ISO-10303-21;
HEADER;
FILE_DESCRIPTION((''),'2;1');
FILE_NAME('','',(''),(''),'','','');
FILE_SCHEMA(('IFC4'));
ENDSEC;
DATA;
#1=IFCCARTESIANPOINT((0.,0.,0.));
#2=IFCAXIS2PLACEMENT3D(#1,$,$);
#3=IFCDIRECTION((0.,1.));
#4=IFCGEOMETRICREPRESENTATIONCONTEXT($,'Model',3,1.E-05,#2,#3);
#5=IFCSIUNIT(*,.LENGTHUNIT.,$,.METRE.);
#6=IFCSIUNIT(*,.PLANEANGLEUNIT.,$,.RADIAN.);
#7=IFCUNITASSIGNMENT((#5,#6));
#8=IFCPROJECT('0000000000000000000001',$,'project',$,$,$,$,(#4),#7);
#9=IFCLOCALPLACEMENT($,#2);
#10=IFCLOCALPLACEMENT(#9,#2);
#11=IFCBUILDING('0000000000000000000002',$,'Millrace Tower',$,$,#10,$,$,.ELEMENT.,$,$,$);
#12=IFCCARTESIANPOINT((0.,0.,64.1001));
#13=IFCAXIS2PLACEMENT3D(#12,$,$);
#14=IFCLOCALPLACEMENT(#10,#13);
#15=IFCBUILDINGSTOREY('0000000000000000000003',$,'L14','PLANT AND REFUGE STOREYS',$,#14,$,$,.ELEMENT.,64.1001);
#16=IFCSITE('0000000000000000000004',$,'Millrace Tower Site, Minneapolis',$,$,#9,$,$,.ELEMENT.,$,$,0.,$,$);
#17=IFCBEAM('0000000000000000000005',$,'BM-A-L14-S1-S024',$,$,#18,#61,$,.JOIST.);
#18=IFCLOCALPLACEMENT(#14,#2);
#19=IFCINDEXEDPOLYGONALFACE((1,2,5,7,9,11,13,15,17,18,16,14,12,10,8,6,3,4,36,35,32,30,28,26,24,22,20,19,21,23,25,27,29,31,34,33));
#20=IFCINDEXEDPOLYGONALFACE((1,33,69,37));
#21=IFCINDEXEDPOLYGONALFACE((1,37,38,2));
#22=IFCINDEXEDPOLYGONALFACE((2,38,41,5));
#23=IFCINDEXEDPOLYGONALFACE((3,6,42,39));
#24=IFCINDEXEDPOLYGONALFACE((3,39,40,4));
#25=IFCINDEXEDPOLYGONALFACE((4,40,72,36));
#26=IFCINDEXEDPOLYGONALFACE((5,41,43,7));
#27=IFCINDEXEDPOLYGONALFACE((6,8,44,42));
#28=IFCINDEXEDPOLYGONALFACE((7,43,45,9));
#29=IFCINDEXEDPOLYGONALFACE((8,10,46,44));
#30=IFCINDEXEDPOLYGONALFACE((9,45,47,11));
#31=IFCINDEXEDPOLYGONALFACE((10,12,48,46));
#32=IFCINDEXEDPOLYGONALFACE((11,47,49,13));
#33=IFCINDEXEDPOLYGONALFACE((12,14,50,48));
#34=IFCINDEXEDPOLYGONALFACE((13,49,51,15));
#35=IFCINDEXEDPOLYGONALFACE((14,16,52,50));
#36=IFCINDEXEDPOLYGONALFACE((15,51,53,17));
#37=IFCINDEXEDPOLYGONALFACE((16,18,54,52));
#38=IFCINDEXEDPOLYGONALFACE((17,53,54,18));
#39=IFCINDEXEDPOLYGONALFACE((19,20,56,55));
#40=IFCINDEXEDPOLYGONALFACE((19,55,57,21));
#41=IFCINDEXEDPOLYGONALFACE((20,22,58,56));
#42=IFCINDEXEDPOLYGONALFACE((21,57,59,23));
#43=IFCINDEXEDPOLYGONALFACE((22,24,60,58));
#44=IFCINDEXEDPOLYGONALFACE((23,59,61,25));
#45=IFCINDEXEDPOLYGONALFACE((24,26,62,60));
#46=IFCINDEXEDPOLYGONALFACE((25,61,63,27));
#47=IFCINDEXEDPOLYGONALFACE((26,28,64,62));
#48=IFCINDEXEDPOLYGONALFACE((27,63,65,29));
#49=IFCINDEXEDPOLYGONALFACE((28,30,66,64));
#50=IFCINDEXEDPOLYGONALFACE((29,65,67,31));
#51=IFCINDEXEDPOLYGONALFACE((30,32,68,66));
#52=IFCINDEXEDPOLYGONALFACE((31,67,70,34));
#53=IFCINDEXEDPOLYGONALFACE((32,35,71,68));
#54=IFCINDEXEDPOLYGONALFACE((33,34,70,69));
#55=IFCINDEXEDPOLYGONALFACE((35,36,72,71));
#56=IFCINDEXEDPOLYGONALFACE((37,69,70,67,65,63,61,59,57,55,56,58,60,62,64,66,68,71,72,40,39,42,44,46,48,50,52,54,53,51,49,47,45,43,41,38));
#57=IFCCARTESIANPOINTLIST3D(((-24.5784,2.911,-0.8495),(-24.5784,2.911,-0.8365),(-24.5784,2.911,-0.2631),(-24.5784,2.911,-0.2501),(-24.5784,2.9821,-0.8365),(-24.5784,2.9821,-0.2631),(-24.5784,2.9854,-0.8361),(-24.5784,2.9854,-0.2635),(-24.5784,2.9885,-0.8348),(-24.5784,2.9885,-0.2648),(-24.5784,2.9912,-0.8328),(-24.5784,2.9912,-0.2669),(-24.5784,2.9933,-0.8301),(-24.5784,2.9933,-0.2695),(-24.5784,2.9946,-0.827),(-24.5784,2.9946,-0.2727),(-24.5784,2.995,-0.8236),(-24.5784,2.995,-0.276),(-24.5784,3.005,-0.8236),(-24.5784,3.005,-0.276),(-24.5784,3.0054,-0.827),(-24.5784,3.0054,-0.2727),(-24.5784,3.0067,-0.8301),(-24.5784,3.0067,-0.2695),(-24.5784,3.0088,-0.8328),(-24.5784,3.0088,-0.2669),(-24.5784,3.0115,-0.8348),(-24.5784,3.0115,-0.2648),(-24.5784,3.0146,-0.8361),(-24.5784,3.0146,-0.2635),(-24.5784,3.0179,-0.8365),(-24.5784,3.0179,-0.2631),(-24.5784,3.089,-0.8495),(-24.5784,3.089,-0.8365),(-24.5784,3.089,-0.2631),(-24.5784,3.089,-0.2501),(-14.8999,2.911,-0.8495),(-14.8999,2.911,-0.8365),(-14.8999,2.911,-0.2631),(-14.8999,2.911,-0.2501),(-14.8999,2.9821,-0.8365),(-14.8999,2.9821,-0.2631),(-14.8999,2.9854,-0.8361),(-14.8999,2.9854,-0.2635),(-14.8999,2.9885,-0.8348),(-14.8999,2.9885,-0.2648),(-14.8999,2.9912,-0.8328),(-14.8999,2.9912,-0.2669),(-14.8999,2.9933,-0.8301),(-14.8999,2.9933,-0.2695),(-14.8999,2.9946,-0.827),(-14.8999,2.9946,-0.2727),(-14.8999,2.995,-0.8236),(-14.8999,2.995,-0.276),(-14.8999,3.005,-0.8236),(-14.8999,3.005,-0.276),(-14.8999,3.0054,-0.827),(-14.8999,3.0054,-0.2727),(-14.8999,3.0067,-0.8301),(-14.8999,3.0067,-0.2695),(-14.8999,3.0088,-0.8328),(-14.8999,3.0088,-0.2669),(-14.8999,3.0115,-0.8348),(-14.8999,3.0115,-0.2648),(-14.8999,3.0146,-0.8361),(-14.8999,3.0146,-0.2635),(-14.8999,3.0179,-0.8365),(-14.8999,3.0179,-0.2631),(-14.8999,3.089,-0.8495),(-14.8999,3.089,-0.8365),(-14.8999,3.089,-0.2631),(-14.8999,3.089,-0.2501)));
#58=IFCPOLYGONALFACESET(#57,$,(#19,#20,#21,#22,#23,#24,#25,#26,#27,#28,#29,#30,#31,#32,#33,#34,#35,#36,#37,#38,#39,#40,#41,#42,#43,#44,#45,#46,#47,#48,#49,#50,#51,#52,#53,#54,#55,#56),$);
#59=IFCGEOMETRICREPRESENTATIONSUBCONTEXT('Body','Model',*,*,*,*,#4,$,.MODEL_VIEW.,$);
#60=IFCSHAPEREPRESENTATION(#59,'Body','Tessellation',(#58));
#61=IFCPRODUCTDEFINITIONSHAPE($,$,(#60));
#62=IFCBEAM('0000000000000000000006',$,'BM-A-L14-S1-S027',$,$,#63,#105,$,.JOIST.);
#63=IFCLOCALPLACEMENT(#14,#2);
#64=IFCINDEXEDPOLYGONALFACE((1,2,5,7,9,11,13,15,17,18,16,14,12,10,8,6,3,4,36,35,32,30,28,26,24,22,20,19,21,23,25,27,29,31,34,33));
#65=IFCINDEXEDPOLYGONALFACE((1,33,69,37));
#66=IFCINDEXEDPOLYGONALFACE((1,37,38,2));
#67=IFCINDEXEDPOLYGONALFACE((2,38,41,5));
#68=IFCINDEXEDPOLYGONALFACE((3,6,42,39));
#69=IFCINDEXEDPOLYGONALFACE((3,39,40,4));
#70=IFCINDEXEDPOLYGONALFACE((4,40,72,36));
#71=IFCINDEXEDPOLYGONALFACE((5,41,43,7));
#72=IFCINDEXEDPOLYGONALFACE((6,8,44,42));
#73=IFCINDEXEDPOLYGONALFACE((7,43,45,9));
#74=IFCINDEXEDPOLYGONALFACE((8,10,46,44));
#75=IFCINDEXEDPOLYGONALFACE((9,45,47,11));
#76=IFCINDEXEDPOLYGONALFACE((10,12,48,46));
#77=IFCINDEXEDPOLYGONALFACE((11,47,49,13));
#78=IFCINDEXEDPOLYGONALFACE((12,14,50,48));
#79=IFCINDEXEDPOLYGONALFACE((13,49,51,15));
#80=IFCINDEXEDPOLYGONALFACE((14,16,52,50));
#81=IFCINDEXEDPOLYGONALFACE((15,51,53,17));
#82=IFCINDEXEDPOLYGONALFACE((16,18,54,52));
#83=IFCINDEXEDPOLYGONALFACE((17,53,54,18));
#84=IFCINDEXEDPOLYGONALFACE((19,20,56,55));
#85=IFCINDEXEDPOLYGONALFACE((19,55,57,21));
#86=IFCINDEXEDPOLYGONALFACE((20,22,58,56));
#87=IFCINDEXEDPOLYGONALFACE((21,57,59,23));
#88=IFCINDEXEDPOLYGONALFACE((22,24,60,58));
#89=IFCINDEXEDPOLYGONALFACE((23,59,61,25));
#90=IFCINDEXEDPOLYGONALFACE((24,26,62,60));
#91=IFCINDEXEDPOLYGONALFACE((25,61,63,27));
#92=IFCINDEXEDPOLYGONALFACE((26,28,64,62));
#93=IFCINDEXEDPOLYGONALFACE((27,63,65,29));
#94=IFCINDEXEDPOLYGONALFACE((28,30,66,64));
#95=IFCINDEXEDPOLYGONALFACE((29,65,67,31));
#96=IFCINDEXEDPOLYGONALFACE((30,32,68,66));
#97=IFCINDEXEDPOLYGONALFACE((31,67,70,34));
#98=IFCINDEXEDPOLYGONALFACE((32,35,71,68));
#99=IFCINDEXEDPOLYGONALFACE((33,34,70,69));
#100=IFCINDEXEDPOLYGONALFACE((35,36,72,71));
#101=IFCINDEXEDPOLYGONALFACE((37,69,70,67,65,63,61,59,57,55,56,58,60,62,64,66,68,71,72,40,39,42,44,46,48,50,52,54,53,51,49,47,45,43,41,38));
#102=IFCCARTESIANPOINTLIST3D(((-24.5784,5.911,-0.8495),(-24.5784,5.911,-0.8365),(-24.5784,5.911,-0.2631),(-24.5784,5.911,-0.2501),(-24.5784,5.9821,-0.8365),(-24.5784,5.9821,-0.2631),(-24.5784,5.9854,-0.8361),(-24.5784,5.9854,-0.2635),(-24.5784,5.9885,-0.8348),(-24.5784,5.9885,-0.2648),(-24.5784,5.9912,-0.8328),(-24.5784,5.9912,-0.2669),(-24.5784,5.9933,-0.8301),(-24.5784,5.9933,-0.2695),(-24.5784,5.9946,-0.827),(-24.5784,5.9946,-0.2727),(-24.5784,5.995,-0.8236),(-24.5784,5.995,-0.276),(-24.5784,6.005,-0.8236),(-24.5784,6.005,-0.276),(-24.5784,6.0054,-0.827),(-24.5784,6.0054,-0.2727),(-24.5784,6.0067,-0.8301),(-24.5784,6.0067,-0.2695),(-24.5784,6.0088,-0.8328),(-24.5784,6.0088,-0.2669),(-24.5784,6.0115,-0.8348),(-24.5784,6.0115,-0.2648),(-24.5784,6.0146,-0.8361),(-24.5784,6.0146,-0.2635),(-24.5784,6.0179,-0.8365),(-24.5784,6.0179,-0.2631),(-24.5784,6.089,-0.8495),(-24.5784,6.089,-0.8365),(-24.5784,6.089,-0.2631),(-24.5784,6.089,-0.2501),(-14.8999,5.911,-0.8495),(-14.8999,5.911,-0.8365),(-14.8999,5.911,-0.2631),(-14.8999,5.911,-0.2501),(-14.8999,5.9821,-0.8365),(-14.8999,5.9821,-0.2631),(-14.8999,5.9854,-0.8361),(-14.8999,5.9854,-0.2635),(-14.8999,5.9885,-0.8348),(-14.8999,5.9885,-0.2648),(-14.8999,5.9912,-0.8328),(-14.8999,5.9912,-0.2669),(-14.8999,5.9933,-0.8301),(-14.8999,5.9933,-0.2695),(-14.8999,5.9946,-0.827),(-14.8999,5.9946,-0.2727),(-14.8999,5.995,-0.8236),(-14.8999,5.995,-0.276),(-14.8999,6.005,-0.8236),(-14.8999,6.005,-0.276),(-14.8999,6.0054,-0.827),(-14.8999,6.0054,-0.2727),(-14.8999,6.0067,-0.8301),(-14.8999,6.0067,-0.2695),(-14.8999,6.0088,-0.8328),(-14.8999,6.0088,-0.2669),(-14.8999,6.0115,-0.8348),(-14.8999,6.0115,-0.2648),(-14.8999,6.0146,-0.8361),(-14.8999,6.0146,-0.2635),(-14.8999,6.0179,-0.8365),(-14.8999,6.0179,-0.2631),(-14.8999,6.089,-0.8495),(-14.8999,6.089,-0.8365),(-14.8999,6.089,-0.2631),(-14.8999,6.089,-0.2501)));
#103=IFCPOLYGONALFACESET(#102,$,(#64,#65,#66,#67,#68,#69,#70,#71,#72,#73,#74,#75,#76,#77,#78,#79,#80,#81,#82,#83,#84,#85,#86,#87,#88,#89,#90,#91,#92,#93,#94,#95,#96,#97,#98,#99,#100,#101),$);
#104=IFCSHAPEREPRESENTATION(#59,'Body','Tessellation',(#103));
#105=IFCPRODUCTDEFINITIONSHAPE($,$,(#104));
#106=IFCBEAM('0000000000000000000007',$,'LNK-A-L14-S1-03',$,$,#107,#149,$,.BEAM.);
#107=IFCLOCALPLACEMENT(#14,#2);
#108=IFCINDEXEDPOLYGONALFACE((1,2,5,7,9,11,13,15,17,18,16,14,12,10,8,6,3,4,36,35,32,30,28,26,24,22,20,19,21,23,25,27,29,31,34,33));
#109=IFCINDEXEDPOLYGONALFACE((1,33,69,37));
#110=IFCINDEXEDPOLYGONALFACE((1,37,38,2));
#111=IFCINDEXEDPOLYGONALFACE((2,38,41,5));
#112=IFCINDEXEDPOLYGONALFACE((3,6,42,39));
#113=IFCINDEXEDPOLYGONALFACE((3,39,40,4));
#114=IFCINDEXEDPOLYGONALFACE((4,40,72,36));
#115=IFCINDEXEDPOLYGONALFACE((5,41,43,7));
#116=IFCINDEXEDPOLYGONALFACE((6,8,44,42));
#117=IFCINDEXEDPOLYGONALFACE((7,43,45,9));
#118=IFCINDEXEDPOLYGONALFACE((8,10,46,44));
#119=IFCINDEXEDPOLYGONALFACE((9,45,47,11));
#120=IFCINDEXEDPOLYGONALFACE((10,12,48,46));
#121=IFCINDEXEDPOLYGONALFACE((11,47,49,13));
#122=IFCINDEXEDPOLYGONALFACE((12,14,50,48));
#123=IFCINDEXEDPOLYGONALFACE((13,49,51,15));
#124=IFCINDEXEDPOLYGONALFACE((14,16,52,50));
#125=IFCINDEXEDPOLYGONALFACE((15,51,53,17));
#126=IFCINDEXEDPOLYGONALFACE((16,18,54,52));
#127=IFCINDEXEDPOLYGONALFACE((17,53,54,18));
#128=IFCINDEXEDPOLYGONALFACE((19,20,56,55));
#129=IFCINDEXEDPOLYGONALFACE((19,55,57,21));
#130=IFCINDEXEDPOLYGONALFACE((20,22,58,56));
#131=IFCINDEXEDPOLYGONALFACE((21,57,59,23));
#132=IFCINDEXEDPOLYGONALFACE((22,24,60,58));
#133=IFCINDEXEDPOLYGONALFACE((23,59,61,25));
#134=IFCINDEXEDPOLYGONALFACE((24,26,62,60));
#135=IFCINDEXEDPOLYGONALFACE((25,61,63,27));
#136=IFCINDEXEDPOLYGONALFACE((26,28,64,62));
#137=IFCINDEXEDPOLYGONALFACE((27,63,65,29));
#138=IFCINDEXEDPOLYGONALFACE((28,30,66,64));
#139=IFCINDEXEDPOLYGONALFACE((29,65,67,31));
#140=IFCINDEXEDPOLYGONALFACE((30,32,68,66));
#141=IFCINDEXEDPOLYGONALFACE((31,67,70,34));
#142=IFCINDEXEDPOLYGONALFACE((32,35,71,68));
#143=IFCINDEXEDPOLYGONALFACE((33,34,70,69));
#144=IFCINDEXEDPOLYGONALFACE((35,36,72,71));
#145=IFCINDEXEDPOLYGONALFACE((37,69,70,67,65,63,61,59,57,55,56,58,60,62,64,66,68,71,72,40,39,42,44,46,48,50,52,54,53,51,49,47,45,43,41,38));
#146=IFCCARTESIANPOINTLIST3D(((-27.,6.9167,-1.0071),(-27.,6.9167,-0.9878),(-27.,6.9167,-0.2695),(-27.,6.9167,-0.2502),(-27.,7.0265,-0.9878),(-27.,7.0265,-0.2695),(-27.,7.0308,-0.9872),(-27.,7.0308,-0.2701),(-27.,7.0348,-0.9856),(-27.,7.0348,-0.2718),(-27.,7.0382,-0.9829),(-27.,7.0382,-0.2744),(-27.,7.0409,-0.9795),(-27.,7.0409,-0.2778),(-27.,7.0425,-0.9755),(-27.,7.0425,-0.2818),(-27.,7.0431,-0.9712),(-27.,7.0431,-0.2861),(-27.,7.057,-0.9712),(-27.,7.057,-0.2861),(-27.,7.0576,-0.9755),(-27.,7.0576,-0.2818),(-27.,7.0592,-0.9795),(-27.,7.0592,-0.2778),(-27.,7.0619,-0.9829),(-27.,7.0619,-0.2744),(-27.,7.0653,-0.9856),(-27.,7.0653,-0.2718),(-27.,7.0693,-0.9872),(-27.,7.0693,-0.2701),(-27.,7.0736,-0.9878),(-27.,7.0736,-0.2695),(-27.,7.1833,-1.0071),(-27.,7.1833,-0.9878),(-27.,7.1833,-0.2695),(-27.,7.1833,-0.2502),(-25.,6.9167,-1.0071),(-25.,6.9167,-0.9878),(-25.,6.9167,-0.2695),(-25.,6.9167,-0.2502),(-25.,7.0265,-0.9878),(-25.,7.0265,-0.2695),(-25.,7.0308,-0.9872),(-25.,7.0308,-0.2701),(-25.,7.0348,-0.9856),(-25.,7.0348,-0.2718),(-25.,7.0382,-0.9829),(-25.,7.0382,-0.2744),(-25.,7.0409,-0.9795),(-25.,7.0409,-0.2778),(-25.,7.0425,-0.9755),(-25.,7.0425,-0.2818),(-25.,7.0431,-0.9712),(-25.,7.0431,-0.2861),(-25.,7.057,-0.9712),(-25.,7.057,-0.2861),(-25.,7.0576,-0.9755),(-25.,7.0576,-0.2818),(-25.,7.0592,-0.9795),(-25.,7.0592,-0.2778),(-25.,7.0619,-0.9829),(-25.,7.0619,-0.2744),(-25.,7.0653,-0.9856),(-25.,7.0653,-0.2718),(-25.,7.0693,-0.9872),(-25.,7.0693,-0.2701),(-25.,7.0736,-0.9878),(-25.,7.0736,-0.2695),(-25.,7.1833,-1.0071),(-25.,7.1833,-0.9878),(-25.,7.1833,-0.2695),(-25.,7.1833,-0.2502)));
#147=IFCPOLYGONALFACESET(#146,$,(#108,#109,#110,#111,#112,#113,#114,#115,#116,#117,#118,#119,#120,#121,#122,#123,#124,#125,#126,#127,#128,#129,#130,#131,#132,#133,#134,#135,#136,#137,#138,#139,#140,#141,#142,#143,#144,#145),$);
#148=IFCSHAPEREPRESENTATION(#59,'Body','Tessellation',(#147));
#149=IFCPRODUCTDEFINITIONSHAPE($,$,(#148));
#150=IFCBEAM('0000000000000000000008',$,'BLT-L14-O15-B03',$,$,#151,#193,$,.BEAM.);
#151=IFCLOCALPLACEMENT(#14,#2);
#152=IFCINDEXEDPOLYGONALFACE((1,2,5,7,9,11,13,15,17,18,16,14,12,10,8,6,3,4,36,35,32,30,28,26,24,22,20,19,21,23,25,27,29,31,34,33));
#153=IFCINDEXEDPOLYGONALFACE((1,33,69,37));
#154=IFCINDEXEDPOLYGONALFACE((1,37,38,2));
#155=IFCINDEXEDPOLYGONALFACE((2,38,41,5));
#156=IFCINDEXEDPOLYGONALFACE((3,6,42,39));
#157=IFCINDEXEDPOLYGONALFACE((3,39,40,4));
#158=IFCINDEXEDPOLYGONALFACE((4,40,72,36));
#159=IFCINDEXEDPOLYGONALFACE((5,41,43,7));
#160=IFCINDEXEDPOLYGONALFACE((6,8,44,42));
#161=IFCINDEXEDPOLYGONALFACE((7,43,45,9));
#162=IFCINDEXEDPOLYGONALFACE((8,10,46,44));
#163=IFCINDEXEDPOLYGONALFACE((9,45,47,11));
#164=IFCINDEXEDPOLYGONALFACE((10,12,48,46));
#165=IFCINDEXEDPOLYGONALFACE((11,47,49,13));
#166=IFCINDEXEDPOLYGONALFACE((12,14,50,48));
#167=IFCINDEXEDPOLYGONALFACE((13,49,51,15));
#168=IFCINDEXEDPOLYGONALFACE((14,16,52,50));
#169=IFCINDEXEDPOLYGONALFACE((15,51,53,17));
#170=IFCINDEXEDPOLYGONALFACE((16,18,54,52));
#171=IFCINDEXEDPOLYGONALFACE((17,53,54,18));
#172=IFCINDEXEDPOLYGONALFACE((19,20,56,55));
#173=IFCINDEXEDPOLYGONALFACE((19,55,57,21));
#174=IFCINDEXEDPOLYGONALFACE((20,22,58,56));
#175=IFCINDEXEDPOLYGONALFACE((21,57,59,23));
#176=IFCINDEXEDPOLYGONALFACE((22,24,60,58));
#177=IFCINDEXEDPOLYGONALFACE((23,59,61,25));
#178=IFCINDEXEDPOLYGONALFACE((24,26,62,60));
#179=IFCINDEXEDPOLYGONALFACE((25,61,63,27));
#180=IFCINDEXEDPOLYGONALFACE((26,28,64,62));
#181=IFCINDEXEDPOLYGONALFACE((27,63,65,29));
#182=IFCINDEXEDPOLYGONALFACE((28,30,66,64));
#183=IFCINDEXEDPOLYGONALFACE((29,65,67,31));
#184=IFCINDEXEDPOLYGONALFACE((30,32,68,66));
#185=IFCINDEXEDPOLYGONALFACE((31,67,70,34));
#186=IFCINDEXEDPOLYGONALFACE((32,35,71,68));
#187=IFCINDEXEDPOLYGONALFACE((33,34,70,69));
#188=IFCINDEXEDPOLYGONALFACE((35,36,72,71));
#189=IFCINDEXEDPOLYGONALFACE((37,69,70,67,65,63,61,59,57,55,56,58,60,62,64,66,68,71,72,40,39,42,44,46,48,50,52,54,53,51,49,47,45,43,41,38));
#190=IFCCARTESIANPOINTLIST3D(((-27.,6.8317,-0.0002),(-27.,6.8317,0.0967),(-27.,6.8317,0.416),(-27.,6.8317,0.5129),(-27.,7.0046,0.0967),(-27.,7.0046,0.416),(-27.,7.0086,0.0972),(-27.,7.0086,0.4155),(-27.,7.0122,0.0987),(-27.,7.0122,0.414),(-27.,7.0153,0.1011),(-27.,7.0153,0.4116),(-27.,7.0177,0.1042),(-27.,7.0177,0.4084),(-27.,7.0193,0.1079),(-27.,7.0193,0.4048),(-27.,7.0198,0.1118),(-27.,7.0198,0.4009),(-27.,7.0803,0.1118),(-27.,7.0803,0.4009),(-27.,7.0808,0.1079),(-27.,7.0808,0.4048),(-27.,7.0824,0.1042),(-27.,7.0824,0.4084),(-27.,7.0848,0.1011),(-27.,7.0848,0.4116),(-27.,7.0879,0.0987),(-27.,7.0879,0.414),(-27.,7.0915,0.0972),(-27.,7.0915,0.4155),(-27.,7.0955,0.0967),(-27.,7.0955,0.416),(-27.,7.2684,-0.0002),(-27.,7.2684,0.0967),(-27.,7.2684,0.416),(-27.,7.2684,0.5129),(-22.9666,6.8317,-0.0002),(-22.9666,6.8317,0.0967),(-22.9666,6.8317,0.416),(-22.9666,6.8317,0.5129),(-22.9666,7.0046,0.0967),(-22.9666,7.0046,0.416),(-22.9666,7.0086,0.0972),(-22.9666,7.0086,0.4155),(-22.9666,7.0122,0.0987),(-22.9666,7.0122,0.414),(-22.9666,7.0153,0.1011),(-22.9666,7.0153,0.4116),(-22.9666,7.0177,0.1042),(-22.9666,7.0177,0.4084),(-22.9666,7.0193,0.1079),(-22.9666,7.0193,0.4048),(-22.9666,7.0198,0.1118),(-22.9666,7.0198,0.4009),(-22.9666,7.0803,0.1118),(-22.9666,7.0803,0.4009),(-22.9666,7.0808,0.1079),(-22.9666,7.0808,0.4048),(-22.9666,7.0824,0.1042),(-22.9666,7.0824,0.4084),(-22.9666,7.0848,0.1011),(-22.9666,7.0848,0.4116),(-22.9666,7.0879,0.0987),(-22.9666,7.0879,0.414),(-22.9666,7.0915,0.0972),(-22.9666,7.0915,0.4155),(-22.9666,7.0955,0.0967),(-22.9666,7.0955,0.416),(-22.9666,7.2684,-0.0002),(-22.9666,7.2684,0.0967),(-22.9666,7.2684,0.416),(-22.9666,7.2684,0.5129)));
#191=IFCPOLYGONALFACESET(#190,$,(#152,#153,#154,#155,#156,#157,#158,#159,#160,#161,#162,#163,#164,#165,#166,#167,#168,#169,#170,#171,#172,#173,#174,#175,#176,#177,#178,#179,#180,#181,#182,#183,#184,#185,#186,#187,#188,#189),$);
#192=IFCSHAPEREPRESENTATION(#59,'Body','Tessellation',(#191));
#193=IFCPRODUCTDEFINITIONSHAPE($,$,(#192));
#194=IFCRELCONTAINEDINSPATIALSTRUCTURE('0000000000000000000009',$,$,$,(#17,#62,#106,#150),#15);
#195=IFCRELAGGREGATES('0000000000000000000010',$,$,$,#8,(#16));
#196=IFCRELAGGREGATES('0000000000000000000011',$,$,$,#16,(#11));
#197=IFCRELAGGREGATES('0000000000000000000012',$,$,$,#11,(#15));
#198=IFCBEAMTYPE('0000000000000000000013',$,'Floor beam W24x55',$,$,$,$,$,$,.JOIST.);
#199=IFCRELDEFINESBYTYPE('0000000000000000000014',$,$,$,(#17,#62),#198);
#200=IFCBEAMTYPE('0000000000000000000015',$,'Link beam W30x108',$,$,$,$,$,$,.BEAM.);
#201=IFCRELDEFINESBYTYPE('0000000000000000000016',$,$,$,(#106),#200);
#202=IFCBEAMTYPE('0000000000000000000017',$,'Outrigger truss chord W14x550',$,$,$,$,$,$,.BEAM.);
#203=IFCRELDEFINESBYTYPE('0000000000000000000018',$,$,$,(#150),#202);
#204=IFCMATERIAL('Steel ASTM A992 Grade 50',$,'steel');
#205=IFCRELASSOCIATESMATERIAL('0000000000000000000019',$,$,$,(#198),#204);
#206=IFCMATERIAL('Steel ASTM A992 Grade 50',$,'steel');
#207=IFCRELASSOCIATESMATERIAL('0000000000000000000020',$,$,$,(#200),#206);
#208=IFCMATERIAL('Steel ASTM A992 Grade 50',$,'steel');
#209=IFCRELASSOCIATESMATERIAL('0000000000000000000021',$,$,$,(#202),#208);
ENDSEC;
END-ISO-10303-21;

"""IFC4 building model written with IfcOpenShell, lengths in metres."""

from ifc_helpers import new_model, si_unit, direction, frame, origin, origin_2d, place, context, subcontext, project, spatial, i_section, extrude, material, material_profile, profile_set, type_object, element, save


model = new_model("IFC4")

# Units and contexts
model_context = context("Model", 3, precision=1e-05, world=origin(), true_north=direction((0.0, 1.0)))
body_context = subcontext(model_context, "Body", "Model", "MODEL_VIEW")
ifc_project = project(units=[si_unit("LENGTHUNIT", "METRE"), si_unit("PLANEANGLEUNIT", "RADIAN")], contexts=[model_context])

# Site, building, storey
site_placement = place(None, origin())
site = spatial("IfcSite", under=ifc_project, at=site_placement, Name="Millrace Tower Site, Minneapolis", CompositionType="ELEMENT", RefElevation=0.0)
building_placement = place(site_placement, origin())
building = spatial("IfcBuilding", under=site, at=building_placement, Name="Millrace Tower", CompositionType="ELEMENT")
storey_placement = place(building_placement, frame((0.0, 0.0, 64.1001)))
storey = spatial("IfcBuildingStorey", under=building, at=storey_placement, Name="L14", Description="PLANT AND REFUGE STOREYS", CompositionType="ELEMENT", Elevation=64.1001)

# Beams
ifc_material_1 = material(Name="Steel ASTM A992 Grade 50", Category="steel")
ifc_material_profile_1 = material_profile(ifc_material_1, i_section(OverallWidth=0.178, OverallDepth=0.5994, WebThickness=0.01, FlangeThickness=0.0129, FilletRadius=0.0129, at=origin_2d()))
ifc_profile_set_1 = profile_set([ifc_material_profile_1], Name="Steel ASTM A992 Grade 50")
beam_type_1 = type_object("IfcBeamType", Name="Floor beam W24x55", PredefinedType="JOIST", material=ifc_profile_set_1)
for number, where, z_axis, x_axis, name in (
    (1, (-24.5784, 3.0, -0.5498), (1.0, 0.0, 0.0), (0.0, 1.0, 0.0), "BM-A-L14-S1-S024"),
    (2, (-24.5784, 6.0, -0.5498), (1.0, 0.0, 0.0), (0.0, 1.0, 0.0), "BM-A-L14-S1-S027"),
):
    element("IfcBeam", number, at=place(storey_placement, frame(where, z_axis=z_axis, x_axis=x_axis)), inside=storey, type_object=beam_type_1, Name=name, PredefinedType="JOIST", context=body_context, shape_type="SweptSolid", body=[
        extrude(i_section(OverallWidth=0.178, OverallDepth=0.5994, WebThickness=0.01, FlangeThickness=0.0129, FilletRadius=0.0129, at=origin_2d()), origin(), (0.0, 0.0, 1.0), 9.6785),
    ])
ifc_material_2 = material(Name="Steel ASTM A992 Grade 50", Category="steel")
ifc_material_profile_2 = material_profile(ifc_material_2, i_section(OverallWidth=0.2666, OverallDepth=0.7568, WebThickness=0.0139, FlangeThickness=0.0193, FilletRadius=0.0166, at=origin_2d()))
ifc_profile_set_2 = profile_set([ifc_material_profile_2], Name="Steel ASTM A992 Grade 50")
beam_type_2 = type_object("IfcBeamType", Name="Link beam W30x108", PredefinedType="BEAM", material=ifc_profile_set_2)
beam_1_placement = place(storey_placement, frame((-25.0, 7.05, -0.6287), z_axis=(-1.0, 0.0, 0.0), x_axis=(0.0, -1.0, 0.0)))
element("IfcBeam", 3, at=beam_1_placement, inside=storey, type_object=beam_type_2, Name="LNK-A-L14-S1-03", PredefinedType="BEAM", context=body_context, shape_type="SweptSolid", body=[
    extrude(i_section(OverallWidth=0.2666, OverallDepth=0.7568, WebThickness=0.0139, FlangeThickness=0.0193, FilletRadius=0.0166, at=origin_2d()), origin(), (0.0, 0.0, 1.0), 2.0),
])
ifc_material_3 = material(Name="Steel ASTM A992 Grade 50", Category="steel")
ifc_material_profile_3 = material_profile(ifc_material_3, i_section(OverallWidth=0.4368, OverallDepth=0.5132, WebThickness=0.0605, FlangeThickness=0.0969, FilletRadius=0.0151, at=origin_2d()))
ifc_profile_set_3 = profile_set([ifc_material_profile_3], Name="Steel ASTM A992 Grade 50")
beam_type_3 = type_object("IfcBeamType", Name="Outrigger truss chord W14x550", PredefinedType="BEAM", material=ifc_profile_set_3)
beam_2_placement = place(storey_placement, frame((-22.9666, 7.05, 0.2563), z_axis=(-1.0, 0.0, 0.0), x_axis=(0.0, -1.0, 0.0)))
element("IfcBeam", 4, at=beam_2_placement, inside=storey, type_object=beam_type_3, Name="BLT-L14-O15-B03", PredefinedType="BEAM", context=body_context, shape_type="SweptSolid", body=[
    extrude(i_section(OverallWidth=0.4368, OverallDepth=0.5132, WebThickness=0.0605, FlangeThickness=0.0969, FilletRadius=0.0151, at=origin_2d()), origin(), (0.0, 0.0, 1.0), 4.0334),
])

save(model, "model.ifc")
